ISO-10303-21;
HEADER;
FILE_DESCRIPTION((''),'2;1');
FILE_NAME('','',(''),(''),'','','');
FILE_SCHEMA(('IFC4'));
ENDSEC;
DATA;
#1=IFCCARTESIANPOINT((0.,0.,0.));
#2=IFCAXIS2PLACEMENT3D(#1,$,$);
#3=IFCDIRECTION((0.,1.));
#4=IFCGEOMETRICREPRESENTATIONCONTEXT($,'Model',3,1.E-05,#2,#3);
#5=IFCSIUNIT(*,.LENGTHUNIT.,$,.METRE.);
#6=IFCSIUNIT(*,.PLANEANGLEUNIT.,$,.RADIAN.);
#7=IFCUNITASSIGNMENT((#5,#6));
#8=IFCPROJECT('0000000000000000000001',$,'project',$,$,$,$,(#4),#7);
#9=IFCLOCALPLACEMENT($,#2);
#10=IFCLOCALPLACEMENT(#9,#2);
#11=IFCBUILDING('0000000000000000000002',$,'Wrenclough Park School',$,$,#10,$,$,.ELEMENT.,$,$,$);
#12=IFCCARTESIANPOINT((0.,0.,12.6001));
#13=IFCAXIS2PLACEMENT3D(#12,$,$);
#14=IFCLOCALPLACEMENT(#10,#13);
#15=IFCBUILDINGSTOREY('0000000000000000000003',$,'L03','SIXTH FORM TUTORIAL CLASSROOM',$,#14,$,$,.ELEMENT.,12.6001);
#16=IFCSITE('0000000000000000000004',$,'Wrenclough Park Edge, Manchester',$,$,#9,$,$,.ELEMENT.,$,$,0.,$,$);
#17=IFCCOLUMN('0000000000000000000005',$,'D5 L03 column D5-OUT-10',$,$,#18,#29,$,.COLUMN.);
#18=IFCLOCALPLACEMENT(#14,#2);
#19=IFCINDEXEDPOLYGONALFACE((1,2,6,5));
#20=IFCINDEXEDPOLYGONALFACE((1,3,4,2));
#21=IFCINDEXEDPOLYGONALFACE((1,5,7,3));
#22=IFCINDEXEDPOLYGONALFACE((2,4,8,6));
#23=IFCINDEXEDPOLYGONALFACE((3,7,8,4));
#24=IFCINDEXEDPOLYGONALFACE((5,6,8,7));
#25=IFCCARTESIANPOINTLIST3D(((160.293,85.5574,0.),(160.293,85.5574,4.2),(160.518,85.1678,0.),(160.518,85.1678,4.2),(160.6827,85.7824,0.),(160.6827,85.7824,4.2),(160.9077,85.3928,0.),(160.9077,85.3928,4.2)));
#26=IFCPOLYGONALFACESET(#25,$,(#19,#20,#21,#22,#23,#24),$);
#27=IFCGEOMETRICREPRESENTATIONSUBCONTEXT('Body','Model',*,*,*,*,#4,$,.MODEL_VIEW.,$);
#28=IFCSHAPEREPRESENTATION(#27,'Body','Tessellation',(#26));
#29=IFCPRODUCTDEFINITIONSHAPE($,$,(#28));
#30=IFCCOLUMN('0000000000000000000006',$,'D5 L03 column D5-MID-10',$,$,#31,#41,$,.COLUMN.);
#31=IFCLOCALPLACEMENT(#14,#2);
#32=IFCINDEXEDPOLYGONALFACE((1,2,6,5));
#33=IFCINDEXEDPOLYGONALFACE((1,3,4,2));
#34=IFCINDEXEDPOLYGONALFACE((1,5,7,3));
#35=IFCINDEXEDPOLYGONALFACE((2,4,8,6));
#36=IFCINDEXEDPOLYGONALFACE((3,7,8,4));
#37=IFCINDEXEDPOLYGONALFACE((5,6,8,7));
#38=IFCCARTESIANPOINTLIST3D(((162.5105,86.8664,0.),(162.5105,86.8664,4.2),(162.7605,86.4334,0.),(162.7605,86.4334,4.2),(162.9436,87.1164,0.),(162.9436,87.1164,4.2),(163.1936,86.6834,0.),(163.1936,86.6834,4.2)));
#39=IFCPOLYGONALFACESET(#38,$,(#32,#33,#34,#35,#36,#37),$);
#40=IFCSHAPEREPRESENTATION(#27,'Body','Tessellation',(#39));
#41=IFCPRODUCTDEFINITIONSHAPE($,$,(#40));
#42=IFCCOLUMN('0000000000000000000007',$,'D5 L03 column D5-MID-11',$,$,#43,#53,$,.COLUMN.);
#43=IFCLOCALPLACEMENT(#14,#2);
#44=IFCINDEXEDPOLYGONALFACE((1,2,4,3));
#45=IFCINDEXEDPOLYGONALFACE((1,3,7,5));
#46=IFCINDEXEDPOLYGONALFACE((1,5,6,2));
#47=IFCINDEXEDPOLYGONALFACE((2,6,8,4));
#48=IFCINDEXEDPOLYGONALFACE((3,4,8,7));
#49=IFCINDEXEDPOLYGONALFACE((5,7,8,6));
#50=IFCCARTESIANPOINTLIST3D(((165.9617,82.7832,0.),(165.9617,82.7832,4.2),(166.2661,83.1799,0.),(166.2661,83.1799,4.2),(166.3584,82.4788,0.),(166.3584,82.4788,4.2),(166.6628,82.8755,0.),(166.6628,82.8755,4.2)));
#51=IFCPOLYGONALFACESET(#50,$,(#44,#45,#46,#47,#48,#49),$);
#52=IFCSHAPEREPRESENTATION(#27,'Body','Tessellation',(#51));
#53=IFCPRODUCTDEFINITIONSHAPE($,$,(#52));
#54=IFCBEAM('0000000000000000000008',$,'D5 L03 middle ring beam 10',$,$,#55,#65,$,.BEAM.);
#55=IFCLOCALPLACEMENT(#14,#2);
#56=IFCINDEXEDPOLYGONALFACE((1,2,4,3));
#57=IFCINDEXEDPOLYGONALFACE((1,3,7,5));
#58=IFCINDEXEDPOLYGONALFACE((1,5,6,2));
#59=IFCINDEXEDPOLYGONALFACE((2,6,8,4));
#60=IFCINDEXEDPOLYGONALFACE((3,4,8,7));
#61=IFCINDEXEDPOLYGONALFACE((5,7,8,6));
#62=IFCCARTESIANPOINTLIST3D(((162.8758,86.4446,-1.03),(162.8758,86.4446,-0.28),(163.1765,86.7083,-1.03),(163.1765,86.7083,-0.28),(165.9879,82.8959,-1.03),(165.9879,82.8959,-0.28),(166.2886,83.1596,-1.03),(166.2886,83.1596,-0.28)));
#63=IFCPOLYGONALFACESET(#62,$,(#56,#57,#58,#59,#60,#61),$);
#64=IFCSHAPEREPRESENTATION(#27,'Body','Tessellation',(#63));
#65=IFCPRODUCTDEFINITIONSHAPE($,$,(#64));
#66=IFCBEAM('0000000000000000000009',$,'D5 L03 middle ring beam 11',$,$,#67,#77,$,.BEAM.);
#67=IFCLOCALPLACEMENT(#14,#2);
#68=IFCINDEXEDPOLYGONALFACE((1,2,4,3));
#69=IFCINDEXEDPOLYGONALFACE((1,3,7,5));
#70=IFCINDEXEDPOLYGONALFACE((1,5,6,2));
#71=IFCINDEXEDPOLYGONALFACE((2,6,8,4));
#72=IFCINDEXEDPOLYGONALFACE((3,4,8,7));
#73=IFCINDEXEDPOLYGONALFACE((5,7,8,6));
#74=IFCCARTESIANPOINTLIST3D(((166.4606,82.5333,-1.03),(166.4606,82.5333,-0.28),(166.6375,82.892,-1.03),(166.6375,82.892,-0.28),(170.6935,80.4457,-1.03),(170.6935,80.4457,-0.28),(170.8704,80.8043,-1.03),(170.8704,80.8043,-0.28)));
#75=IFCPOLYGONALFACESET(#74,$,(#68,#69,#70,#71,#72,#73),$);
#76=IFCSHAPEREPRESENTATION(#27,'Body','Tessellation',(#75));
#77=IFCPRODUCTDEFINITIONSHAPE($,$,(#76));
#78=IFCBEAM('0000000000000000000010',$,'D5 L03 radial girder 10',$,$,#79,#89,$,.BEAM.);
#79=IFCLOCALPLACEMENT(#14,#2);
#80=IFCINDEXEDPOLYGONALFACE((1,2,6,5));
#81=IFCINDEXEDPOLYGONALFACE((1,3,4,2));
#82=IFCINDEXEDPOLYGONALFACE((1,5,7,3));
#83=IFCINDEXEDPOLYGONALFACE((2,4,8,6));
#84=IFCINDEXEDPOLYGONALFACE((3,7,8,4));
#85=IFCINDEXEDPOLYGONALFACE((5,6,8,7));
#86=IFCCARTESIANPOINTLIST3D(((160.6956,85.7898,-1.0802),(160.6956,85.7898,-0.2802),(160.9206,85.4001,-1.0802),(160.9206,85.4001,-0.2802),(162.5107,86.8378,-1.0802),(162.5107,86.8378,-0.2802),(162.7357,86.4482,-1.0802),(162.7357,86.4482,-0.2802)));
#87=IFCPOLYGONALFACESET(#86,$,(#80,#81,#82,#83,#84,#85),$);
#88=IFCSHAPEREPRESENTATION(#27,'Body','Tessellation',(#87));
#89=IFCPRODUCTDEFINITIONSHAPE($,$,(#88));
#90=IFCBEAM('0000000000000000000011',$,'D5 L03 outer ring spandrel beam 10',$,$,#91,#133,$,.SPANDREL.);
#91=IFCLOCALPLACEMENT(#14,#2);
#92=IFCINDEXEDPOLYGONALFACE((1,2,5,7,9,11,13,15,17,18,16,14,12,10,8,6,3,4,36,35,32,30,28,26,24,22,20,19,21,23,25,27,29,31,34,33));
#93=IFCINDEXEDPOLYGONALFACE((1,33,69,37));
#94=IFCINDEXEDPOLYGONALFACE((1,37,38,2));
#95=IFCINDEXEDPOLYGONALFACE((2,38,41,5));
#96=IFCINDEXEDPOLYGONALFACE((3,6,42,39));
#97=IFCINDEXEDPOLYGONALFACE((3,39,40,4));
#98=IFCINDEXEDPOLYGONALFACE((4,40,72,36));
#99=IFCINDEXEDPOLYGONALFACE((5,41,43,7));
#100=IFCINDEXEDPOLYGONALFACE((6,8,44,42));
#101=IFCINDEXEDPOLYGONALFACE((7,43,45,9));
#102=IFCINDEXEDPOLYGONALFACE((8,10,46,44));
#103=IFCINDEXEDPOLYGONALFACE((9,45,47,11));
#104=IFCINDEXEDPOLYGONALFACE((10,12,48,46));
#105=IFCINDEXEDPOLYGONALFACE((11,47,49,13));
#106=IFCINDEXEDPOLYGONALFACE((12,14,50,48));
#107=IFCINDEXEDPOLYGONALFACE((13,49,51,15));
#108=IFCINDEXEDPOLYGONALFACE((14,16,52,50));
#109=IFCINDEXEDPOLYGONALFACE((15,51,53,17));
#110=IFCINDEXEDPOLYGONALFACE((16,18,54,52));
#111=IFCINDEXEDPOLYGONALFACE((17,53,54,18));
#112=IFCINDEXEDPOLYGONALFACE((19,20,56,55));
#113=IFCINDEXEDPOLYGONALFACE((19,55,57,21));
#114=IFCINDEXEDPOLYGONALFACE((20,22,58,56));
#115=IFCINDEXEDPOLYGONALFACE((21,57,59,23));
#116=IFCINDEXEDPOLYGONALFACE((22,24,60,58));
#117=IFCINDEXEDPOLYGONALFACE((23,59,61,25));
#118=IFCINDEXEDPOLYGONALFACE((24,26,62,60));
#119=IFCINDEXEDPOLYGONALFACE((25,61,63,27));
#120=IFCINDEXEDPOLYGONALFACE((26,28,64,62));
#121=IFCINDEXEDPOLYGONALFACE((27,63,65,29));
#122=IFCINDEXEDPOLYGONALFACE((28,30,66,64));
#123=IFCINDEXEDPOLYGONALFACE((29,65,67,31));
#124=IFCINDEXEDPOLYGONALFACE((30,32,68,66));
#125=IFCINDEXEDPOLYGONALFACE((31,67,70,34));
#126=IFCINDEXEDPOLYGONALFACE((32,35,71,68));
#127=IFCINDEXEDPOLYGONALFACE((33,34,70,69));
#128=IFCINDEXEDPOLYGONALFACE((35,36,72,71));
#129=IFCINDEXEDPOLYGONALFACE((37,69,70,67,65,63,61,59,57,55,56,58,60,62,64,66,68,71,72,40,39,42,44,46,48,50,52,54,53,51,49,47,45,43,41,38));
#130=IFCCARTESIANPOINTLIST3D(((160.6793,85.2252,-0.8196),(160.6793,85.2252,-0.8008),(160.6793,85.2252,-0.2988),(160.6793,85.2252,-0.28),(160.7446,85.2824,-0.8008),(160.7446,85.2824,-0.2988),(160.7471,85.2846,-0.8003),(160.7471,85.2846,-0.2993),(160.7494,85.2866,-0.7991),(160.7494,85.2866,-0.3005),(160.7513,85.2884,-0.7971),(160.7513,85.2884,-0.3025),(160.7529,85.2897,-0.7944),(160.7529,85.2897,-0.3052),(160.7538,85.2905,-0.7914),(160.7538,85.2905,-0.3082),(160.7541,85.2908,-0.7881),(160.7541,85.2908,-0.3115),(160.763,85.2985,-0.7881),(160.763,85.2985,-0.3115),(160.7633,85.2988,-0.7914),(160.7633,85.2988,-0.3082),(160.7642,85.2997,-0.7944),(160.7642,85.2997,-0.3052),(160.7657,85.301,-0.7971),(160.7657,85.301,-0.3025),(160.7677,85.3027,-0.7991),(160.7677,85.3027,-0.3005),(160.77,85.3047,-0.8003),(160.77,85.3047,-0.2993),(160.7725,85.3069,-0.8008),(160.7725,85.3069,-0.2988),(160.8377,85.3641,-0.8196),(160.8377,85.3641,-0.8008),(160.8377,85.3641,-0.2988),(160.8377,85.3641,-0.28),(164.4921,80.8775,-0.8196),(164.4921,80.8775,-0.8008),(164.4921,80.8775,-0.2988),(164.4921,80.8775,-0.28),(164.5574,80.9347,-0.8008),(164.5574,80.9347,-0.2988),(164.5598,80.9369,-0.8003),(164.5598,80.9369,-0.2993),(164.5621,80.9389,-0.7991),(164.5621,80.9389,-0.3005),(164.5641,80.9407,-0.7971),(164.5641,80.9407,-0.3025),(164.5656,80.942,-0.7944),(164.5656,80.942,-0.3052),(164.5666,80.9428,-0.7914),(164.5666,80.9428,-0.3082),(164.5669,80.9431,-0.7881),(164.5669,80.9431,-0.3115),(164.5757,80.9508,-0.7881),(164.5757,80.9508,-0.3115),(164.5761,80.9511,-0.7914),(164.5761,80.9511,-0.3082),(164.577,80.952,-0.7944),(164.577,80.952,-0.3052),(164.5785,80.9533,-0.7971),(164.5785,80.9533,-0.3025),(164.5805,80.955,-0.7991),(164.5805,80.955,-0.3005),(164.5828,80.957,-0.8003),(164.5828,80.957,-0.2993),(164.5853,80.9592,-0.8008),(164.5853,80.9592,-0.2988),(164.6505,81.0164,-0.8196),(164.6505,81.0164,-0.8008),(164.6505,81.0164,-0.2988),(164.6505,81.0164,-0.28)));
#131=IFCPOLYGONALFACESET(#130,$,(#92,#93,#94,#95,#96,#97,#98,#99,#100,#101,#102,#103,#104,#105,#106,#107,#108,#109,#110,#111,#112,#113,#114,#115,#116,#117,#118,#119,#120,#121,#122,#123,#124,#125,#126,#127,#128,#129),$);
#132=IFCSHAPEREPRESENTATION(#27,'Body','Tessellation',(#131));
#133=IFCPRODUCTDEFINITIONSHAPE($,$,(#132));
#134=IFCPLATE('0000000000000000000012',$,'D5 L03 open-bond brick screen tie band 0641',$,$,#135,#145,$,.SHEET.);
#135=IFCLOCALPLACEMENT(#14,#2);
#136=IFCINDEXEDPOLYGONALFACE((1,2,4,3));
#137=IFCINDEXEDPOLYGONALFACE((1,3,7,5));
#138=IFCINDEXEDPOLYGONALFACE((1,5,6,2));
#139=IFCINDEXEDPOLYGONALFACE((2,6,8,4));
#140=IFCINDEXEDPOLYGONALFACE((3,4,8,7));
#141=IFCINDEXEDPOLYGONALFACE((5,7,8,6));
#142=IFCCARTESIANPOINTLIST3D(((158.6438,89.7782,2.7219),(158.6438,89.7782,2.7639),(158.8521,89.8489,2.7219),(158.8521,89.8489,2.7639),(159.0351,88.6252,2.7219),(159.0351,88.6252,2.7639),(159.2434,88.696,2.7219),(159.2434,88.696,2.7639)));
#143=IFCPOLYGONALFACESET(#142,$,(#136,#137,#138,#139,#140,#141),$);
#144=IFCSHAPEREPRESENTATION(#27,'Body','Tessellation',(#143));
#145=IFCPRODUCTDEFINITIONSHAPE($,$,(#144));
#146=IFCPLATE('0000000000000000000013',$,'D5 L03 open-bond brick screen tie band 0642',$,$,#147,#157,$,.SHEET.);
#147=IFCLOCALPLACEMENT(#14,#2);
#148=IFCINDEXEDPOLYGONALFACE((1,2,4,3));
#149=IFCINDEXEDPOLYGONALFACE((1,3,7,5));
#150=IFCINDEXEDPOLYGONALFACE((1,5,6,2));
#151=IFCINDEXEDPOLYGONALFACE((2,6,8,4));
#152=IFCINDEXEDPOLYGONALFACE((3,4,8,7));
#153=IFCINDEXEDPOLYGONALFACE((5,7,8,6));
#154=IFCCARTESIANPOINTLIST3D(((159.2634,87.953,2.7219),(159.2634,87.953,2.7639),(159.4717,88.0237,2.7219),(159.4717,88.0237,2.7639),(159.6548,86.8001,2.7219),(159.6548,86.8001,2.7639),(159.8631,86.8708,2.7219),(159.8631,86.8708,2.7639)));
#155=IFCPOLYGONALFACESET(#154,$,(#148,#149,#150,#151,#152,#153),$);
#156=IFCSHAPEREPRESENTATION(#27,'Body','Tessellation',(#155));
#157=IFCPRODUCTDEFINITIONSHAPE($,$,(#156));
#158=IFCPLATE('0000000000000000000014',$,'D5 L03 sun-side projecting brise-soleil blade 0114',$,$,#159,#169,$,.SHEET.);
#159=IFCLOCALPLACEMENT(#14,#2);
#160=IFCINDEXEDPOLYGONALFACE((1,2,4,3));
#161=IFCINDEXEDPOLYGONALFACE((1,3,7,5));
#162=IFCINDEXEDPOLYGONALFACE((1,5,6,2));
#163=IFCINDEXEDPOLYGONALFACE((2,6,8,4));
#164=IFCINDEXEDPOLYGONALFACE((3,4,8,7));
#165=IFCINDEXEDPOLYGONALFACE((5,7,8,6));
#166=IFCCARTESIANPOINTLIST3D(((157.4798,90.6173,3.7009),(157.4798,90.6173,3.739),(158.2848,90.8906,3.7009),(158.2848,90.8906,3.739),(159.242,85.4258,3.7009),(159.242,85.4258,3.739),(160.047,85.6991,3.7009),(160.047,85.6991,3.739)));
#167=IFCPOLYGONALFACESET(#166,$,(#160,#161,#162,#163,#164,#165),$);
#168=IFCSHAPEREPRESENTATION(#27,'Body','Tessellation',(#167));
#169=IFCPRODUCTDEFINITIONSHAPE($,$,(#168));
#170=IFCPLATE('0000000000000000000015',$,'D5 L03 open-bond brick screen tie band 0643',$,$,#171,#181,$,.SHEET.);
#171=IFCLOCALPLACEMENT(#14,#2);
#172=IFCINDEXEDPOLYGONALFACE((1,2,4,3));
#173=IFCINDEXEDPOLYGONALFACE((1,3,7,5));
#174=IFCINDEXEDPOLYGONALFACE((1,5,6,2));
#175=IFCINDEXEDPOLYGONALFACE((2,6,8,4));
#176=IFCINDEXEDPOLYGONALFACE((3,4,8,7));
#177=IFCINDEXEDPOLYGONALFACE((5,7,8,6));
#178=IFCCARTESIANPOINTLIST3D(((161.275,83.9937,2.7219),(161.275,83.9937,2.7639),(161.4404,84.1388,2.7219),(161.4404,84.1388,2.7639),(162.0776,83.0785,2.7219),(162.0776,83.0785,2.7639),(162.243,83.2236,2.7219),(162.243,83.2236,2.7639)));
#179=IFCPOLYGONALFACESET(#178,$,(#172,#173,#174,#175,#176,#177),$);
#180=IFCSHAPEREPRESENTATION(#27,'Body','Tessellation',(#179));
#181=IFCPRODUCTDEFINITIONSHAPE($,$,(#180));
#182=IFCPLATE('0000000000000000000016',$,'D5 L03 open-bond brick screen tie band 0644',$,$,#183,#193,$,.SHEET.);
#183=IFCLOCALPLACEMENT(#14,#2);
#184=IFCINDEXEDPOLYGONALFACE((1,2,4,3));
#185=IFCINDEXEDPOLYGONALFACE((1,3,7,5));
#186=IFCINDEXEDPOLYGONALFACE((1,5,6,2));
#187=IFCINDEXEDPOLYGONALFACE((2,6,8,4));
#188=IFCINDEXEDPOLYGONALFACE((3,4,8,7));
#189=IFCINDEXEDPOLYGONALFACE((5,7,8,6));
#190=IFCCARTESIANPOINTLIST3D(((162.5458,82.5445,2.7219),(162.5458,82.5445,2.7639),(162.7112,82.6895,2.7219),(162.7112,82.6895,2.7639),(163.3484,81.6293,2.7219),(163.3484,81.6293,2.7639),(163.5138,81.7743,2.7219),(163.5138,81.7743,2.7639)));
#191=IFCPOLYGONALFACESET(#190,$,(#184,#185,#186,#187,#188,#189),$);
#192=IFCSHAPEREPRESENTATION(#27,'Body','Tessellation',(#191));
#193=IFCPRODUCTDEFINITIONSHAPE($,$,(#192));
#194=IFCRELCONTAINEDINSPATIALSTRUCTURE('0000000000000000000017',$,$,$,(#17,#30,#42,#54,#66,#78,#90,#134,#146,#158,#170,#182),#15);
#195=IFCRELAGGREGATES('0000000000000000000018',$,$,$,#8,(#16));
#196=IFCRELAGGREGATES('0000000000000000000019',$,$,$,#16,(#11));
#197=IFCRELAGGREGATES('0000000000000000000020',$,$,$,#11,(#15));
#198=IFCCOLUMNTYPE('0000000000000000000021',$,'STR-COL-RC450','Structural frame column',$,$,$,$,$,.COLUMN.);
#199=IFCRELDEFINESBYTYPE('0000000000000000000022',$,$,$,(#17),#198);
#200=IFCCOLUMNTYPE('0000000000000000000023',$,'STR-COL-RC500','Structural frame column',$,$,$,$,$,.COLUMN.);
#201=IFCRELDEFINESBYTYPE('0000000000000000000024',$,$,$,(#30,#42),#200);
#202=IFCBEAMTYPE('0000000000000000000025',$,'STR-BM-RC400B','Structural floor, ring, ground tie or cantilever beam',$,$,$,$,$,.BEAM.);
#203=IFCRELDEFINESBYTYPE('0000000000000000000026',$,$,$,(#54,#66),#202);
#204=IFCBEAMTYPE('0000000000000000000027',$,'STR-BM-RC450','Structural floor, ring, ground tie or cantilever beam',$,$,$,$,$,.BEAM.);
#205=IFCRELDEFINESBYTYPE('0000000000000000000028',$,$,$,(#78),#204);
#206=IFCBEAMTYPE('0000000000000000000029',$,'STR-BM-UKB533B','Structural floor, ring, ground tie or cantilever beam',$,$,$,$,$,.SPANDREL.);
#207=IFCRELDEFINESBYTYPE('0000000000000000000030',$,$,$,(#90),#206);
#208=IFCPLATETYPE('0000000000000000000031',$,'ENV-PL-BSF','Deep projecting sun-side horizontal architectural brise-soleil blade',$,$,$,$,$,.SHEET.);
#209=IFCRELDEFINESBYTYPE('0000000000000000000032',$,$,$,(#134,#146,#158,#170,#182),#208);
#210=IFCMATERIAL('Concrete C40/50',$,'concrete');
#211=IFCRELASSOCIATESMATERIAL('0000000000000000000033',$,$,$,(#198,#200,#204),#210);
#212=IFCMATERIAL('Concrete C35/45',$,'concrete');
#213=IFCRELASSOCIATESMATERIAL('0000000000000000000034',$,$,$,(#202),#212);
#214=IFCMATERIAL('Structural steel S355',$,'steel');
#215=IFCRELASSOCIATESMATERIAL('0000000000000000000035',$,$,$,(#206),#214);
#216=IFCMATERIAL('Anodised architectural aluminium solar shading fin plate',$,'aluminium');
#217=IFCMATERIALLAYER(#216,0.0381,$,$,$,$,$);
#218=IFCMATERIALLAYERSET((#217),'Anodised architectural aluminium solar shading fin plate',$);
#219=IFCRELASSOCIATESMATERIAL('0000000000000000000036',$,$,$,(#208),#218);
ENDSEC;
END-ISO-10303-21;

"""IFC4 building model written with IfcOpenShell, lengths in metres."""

from ifc_helpers import new_model, si_unit, direction, frame, origin, origin_2d, place, context, subcontext, project, spatial, rectangle, i_section, extrude, material, layer, layer_set, material_profile, profile_set, type_object, element, save


model = new_model("IFC4")

# Units and contexts
model_context = context("Model", 3, precision=1e-05, world=origin(), true_north=direction((0.0, 1.0)))
body_context = subcontext(model_context, "Body", "Model", "MODEL_VIEW")
ifc_project = project(units=[si_unit("LENGTHUNIT", "METRE"), si_unit("PLANEANGLEUNIT", "RADIAN")], contexts=[model_context])

# Site, building, storey
site_placement = place(None, origin())
site = spatial("IfcSite", under=ifc_project, at=site_placement, Name="Wrenclough Park Edge, Manchester", CompositionType="ELEMENT", RefElevation=0.0)
building_placement = place(site_placement, origin())
building = spatial("IfcBuilding", under=site, at=building_placement, Name="Wrenclough Park School", CompositionType="ELEMENT")
storey_placement = place(building_placement, frame((0.0, 0.0, 12.6001)))
storey = spatial("IfcBuildingStorey", under=building, at=storey_placement, Name="L03", Description="SIXTH FORM TUTORIAL CLASSROOM", CompositionType="ELEMENT", Elevation=12.6001)

# Columns
ifc_material_1 = material(Name="Concrete C40/50", Category="concrete")
ifc_material_profile_1 = material_profile(ifc_material_1, rectangle(XDim=0.45, YDim=0.45, at=origin_2d()), Name="RC COL 450x450")
ifc_profile_set_1 = profile_set([ifc_material_profile_1], Name="Concrete C40/50")
column_type_1 = type_object("IfcColumnType", Name="STR-COL-RC450", Description="Structural frame column", PredefinedType="COLUMN", material=ifc_profile_set_1)
column_placement = place(storey_placement, frame((160.6003, 85.4751, 0.0), z_axis=(0.0, 0.0, 1.0), x_axis=(0.5, -0.866025, 0.0)))
element("IfcColumn", 1, at=column_placement, inside=storey, type_object=column_type_1, Name="D5 L03 column D5-OUT-10", PredefinedType="COLUMN", context=body_context, shape_type="SweptSolid", body=[
    extrude(rectangle(XDim=0.45, YDim=0.45, at=origin_2d()), origin(), (0.0, 0.0, 1.0), 4.2),
])
ifc_material_profile_2 = material_profile(ifc_material_1, rectangle(XDim=0.5, YDim=0.5, at=origin_2d()), Name="RC COL 500x500")
ifc_profile_set_2 = profile_set([ifc_material_profile_2], Name="Concrete C40/50")
column_type_2 = type_object("IfcColumnType", Name="STR-COL-RC500", Description="Structural frame column", PredefinedType="COLUMN", material=ifc_profile_set_2)
for number, where, z_axis, x_axis, name in (
    (2, (162.8521, 86.7749, 0.0), (0.0, 0.0, 1.0), (0.5, -0.866025, 0.0), "D5 L03 column D5-MID-10"),
    (3, (166.3123, 82.8293, 0.0), (0.0, 0.0, 1.0), (0.793353, -0.608761, 0.0), "D5 L03 column D5-MID-11"),
):
    element("IfcColumn", number, at=place(storey_placement, frame(where, z_axis=z_axis, x_axis=x_axis)), inside=storey, type_object=column_type_2, Name=name, PredefinedType="COLUMN", context=body_context, shape_type="SweptSolid", body=[
        extrude(rectangle(XDim=0.5, YDim=0.5, at=origin_2d()), origin(), (0.0, 0.0, 1.0), 4.2),
    ])

# Beams
ifc_material_2 = material(Name="Concrete C35/45", Category="concrete")
ifc_material_profile_3 = material_profile(ifc_material_2, rectangle(XDim=0.3999, YDim=0.75, at=origin_2d()), Name="RC BEAM 400x750")
ifc_profile_set_3 = profile_set([ifc_material_profile_3], Name="Concrete C35/45")
beam_type_1 = type_object("IfcBeamType", Name="STR-BM-RC400B", Description="Structural floor, ring, ground tie or cantilever beam", PredefinedType="BEAM", material=ifc_profile_set_3)
beam_1_placement = place(storey_placement, frame((163.0261, 86.5764, -0.655), z_axis=(0.65935, -0.751836, 0.0), x_axis=(0.751836, 0.65935, 0.0)))
element("IfcBeam", 4, at=beam_1_placement, inside=storey, type_object=beam_type_1, Name="D5 L03 middle ring beam 10", PredefinedType="BEAM", context=body_context, shape_type="SweptSolid", body=[
    extrude(rectangle(XDim=0.3999, YDim=0.75, at=origin_2d()), origin(), (0.0, 0.0, 1.0), 4.72),
])
beam_2_placement = place(storey_placement, frame((166.5491, 82.7126, -0.655), z_axis=(0.896855, -0.442324, 0.0), x_axis=(0.442324, 0.896855, 0.0)))
element("IfcBeam", 5, at=beam_2_placement, inside=storey, type_object=beam_type_1, Name="D5 L03 middle ring beam 11", PredefinedType="BEAM", context=body_context, shape_type="SweptSolid", body=[
    extrude(rectangle(XDim=0.3999, YDim=0.75, at=origin_2d()), origin(), (0.0, 0.0, 1.0), 4.7197),
])
ifc_material_profile_4 = material_profile(ifc_material_1, rectangle(XDim=0.45, YDim=0.8, at=origin_2d()), Name="RC BEAM 450x800")
ifc_profile_set_4 = profile_set([ifc_material_profile_4], Name="Concrete C40/50")
beam_type_2 = type_object("IfcBeamType", Name="STR-BM-RC450", Description="Structural floor, ring, ground tie or cantilever beam", PredefinedType="BEAM", material=ifc_profile_set_4)
beam_3_placement = place(storey_placement, frame((160.8081, 85.595, -0.6802), z_axis=(0.866005, 0.500035, 0.0), x_axis=(-0.500035, 0.866005, 0.0)))
element("IfcBeam", 6, at=beam_3_placement, inside=storey, type_object=beam_type_2, Name="D5 L03 radial girder 10", PredefinedType="BEAM", context=body_context, shape_type="SweptSolid", body=[
    extrude(rectangle(XDim=0.45, YDim=0.8, at=origin_2d()), origin(), (0.0, 0.0, 1.0), 2.0959),
])
ifc_material_3 = material(Name="Structural steel S355", Category="steel")
ifc_material_profile_5 = material_profile(ifc_material_3, i_section(OverallWidth=0.2107, OverallDepth=0.5396, WebThickness=0.0117, FlangeThickness=0.0188, FilletRadius=0.0127, at=origin_2d()), Name="UKB 533x210x109")
ifc_profile_set_5 = profile_set([ifc_material_profile_5], Name="Structural steel S355")
beam_type_3 = type_object("IfcBeamType", Name="STR-BM-UKB533B", Description="Structural floor, ring, ground tie or cantilever beam", PredefinedType="SPANDREL", material=ifc_profile_set_5)
beam_4_placement = place(storey_placement, frame((160.7585, 85.2947, -0.5498), z_axis=(0.659341, -0.751844, 0.0), x_axis=(0.751844, 0.659341, 0.0)))
element("IfcBeam", 7, at=beam_4_placement, inside=storey, type_object=beam_type_3, Name="D5 L03 outer ring spandrel beam 10", PredefinedType="SPANDREL", context=body_context, shape_type="SweptSolid", body=[
    extrude(i_section(OverallWidth=0.2107, OverallDepth=0.5396, WebThickness=0.0117, FlangeThickness=0.0188, FilletRadius=0.0127, at=origin_2d()), origin(), (0.0, 0.0, 1.0), 5.7827),
])

# Plates
ifc_material_4 = material(Name="Anodised architectural aluminium solar shading fin plate", Category="aluminium")
ifc_layer_1 = layer(ifc_material_4, 0.0381)
ifc_layer_set_1 = layer_set([ifc_layer_1], Name="Anodised architectural aluminium solar shading fin plate")
plate_type = type_object("IfcPlateType", Name="ENV-PL-BSF", Description="Deep projecting sun-side horizontal architectural brise-soleil blade", PredefinedType="SHEET", material=ifc_layer_set_1)
for number, where, z_axis, x_axis, name in (
    (8, (158.9436, 89.2371, 2.7219), (0.0, 0.0, 1.0), (0.321427, -0.946934, 0.0), "D5 L03 open-bond brick screen tie band 0641"),
    (9, (159.5632, 87.4119, 2.7219), (0.0, 0.0, 1.0), (0.321427, -0.946934, 0.0), "D5 L03 open-bond brick screen tie band 0642"),
):
    element("IfcPlate", number, at=place(storey_placement, frame(where, z_axis=z_axis, x_axis=x_axis)), inside=storey, type_object=plate_type, Name=name, PredefinedType="SHEET", context=body_context, shape_type="SweptSolid", body=[
        extrude(rectangle(XDim=1.2175, YDim=0.22, at=origin_2d()), origin(), (0.0, 0.0, 1.0), 0.042),
    ])
plate_1_placement = place(storey_placement, frame((158.7634, 88.1582, 3.7009), z_axis=(0.0, 0.0, 1.0), x_axis=(0.321427, -0.946934, 0.0)))
element("IfcPlate", 10, at=plate_1_placement, inside=storey, type_object=plate_type, Name="D5 L03 sun-side projecting brise-soleil blade 0114", PredefinedType="SHEET", context=body_context, shape_type="SweptSolid", body=[
    extrude(rectangle(XDim=5.4824, YDim=0.8501, at=origin_2d()), origin(), (0.0, 0.0, 1.0), 0.0381),
])
for number, where, z_axis, x_axis, name in (
    (11, (161.759, 83.6086, 2.7219), (0.0, 0.0, 1.0), (0.659347, -0.751839, 0.0), "D5 L03 open-bond brick screen tie band 0643"),
    (12, (163.0298, 82.1594, 2.7219), (0.0, 0.0, 1.0), (0.659347, -0.751839, 0.0), "D5 L03 open-bond brick screen tie band 0644"),
):
    element("IfcPlate", number, at=place(storey_placement, frame(where, z_axis=z_axis, x_axis=x_axis)), inside=storey, type_object=plate_type, Name=name, PredefinedType="SHEET", context=body_context, shape_type="SweptSolid", body=[
        extrude(rectangle(XDim=1.2173, YDim=0.22, at=origin_2d()), origin(), (0.0, 0.0, 1.0), 0.042),
    ])

save(model, "model.ifc")
